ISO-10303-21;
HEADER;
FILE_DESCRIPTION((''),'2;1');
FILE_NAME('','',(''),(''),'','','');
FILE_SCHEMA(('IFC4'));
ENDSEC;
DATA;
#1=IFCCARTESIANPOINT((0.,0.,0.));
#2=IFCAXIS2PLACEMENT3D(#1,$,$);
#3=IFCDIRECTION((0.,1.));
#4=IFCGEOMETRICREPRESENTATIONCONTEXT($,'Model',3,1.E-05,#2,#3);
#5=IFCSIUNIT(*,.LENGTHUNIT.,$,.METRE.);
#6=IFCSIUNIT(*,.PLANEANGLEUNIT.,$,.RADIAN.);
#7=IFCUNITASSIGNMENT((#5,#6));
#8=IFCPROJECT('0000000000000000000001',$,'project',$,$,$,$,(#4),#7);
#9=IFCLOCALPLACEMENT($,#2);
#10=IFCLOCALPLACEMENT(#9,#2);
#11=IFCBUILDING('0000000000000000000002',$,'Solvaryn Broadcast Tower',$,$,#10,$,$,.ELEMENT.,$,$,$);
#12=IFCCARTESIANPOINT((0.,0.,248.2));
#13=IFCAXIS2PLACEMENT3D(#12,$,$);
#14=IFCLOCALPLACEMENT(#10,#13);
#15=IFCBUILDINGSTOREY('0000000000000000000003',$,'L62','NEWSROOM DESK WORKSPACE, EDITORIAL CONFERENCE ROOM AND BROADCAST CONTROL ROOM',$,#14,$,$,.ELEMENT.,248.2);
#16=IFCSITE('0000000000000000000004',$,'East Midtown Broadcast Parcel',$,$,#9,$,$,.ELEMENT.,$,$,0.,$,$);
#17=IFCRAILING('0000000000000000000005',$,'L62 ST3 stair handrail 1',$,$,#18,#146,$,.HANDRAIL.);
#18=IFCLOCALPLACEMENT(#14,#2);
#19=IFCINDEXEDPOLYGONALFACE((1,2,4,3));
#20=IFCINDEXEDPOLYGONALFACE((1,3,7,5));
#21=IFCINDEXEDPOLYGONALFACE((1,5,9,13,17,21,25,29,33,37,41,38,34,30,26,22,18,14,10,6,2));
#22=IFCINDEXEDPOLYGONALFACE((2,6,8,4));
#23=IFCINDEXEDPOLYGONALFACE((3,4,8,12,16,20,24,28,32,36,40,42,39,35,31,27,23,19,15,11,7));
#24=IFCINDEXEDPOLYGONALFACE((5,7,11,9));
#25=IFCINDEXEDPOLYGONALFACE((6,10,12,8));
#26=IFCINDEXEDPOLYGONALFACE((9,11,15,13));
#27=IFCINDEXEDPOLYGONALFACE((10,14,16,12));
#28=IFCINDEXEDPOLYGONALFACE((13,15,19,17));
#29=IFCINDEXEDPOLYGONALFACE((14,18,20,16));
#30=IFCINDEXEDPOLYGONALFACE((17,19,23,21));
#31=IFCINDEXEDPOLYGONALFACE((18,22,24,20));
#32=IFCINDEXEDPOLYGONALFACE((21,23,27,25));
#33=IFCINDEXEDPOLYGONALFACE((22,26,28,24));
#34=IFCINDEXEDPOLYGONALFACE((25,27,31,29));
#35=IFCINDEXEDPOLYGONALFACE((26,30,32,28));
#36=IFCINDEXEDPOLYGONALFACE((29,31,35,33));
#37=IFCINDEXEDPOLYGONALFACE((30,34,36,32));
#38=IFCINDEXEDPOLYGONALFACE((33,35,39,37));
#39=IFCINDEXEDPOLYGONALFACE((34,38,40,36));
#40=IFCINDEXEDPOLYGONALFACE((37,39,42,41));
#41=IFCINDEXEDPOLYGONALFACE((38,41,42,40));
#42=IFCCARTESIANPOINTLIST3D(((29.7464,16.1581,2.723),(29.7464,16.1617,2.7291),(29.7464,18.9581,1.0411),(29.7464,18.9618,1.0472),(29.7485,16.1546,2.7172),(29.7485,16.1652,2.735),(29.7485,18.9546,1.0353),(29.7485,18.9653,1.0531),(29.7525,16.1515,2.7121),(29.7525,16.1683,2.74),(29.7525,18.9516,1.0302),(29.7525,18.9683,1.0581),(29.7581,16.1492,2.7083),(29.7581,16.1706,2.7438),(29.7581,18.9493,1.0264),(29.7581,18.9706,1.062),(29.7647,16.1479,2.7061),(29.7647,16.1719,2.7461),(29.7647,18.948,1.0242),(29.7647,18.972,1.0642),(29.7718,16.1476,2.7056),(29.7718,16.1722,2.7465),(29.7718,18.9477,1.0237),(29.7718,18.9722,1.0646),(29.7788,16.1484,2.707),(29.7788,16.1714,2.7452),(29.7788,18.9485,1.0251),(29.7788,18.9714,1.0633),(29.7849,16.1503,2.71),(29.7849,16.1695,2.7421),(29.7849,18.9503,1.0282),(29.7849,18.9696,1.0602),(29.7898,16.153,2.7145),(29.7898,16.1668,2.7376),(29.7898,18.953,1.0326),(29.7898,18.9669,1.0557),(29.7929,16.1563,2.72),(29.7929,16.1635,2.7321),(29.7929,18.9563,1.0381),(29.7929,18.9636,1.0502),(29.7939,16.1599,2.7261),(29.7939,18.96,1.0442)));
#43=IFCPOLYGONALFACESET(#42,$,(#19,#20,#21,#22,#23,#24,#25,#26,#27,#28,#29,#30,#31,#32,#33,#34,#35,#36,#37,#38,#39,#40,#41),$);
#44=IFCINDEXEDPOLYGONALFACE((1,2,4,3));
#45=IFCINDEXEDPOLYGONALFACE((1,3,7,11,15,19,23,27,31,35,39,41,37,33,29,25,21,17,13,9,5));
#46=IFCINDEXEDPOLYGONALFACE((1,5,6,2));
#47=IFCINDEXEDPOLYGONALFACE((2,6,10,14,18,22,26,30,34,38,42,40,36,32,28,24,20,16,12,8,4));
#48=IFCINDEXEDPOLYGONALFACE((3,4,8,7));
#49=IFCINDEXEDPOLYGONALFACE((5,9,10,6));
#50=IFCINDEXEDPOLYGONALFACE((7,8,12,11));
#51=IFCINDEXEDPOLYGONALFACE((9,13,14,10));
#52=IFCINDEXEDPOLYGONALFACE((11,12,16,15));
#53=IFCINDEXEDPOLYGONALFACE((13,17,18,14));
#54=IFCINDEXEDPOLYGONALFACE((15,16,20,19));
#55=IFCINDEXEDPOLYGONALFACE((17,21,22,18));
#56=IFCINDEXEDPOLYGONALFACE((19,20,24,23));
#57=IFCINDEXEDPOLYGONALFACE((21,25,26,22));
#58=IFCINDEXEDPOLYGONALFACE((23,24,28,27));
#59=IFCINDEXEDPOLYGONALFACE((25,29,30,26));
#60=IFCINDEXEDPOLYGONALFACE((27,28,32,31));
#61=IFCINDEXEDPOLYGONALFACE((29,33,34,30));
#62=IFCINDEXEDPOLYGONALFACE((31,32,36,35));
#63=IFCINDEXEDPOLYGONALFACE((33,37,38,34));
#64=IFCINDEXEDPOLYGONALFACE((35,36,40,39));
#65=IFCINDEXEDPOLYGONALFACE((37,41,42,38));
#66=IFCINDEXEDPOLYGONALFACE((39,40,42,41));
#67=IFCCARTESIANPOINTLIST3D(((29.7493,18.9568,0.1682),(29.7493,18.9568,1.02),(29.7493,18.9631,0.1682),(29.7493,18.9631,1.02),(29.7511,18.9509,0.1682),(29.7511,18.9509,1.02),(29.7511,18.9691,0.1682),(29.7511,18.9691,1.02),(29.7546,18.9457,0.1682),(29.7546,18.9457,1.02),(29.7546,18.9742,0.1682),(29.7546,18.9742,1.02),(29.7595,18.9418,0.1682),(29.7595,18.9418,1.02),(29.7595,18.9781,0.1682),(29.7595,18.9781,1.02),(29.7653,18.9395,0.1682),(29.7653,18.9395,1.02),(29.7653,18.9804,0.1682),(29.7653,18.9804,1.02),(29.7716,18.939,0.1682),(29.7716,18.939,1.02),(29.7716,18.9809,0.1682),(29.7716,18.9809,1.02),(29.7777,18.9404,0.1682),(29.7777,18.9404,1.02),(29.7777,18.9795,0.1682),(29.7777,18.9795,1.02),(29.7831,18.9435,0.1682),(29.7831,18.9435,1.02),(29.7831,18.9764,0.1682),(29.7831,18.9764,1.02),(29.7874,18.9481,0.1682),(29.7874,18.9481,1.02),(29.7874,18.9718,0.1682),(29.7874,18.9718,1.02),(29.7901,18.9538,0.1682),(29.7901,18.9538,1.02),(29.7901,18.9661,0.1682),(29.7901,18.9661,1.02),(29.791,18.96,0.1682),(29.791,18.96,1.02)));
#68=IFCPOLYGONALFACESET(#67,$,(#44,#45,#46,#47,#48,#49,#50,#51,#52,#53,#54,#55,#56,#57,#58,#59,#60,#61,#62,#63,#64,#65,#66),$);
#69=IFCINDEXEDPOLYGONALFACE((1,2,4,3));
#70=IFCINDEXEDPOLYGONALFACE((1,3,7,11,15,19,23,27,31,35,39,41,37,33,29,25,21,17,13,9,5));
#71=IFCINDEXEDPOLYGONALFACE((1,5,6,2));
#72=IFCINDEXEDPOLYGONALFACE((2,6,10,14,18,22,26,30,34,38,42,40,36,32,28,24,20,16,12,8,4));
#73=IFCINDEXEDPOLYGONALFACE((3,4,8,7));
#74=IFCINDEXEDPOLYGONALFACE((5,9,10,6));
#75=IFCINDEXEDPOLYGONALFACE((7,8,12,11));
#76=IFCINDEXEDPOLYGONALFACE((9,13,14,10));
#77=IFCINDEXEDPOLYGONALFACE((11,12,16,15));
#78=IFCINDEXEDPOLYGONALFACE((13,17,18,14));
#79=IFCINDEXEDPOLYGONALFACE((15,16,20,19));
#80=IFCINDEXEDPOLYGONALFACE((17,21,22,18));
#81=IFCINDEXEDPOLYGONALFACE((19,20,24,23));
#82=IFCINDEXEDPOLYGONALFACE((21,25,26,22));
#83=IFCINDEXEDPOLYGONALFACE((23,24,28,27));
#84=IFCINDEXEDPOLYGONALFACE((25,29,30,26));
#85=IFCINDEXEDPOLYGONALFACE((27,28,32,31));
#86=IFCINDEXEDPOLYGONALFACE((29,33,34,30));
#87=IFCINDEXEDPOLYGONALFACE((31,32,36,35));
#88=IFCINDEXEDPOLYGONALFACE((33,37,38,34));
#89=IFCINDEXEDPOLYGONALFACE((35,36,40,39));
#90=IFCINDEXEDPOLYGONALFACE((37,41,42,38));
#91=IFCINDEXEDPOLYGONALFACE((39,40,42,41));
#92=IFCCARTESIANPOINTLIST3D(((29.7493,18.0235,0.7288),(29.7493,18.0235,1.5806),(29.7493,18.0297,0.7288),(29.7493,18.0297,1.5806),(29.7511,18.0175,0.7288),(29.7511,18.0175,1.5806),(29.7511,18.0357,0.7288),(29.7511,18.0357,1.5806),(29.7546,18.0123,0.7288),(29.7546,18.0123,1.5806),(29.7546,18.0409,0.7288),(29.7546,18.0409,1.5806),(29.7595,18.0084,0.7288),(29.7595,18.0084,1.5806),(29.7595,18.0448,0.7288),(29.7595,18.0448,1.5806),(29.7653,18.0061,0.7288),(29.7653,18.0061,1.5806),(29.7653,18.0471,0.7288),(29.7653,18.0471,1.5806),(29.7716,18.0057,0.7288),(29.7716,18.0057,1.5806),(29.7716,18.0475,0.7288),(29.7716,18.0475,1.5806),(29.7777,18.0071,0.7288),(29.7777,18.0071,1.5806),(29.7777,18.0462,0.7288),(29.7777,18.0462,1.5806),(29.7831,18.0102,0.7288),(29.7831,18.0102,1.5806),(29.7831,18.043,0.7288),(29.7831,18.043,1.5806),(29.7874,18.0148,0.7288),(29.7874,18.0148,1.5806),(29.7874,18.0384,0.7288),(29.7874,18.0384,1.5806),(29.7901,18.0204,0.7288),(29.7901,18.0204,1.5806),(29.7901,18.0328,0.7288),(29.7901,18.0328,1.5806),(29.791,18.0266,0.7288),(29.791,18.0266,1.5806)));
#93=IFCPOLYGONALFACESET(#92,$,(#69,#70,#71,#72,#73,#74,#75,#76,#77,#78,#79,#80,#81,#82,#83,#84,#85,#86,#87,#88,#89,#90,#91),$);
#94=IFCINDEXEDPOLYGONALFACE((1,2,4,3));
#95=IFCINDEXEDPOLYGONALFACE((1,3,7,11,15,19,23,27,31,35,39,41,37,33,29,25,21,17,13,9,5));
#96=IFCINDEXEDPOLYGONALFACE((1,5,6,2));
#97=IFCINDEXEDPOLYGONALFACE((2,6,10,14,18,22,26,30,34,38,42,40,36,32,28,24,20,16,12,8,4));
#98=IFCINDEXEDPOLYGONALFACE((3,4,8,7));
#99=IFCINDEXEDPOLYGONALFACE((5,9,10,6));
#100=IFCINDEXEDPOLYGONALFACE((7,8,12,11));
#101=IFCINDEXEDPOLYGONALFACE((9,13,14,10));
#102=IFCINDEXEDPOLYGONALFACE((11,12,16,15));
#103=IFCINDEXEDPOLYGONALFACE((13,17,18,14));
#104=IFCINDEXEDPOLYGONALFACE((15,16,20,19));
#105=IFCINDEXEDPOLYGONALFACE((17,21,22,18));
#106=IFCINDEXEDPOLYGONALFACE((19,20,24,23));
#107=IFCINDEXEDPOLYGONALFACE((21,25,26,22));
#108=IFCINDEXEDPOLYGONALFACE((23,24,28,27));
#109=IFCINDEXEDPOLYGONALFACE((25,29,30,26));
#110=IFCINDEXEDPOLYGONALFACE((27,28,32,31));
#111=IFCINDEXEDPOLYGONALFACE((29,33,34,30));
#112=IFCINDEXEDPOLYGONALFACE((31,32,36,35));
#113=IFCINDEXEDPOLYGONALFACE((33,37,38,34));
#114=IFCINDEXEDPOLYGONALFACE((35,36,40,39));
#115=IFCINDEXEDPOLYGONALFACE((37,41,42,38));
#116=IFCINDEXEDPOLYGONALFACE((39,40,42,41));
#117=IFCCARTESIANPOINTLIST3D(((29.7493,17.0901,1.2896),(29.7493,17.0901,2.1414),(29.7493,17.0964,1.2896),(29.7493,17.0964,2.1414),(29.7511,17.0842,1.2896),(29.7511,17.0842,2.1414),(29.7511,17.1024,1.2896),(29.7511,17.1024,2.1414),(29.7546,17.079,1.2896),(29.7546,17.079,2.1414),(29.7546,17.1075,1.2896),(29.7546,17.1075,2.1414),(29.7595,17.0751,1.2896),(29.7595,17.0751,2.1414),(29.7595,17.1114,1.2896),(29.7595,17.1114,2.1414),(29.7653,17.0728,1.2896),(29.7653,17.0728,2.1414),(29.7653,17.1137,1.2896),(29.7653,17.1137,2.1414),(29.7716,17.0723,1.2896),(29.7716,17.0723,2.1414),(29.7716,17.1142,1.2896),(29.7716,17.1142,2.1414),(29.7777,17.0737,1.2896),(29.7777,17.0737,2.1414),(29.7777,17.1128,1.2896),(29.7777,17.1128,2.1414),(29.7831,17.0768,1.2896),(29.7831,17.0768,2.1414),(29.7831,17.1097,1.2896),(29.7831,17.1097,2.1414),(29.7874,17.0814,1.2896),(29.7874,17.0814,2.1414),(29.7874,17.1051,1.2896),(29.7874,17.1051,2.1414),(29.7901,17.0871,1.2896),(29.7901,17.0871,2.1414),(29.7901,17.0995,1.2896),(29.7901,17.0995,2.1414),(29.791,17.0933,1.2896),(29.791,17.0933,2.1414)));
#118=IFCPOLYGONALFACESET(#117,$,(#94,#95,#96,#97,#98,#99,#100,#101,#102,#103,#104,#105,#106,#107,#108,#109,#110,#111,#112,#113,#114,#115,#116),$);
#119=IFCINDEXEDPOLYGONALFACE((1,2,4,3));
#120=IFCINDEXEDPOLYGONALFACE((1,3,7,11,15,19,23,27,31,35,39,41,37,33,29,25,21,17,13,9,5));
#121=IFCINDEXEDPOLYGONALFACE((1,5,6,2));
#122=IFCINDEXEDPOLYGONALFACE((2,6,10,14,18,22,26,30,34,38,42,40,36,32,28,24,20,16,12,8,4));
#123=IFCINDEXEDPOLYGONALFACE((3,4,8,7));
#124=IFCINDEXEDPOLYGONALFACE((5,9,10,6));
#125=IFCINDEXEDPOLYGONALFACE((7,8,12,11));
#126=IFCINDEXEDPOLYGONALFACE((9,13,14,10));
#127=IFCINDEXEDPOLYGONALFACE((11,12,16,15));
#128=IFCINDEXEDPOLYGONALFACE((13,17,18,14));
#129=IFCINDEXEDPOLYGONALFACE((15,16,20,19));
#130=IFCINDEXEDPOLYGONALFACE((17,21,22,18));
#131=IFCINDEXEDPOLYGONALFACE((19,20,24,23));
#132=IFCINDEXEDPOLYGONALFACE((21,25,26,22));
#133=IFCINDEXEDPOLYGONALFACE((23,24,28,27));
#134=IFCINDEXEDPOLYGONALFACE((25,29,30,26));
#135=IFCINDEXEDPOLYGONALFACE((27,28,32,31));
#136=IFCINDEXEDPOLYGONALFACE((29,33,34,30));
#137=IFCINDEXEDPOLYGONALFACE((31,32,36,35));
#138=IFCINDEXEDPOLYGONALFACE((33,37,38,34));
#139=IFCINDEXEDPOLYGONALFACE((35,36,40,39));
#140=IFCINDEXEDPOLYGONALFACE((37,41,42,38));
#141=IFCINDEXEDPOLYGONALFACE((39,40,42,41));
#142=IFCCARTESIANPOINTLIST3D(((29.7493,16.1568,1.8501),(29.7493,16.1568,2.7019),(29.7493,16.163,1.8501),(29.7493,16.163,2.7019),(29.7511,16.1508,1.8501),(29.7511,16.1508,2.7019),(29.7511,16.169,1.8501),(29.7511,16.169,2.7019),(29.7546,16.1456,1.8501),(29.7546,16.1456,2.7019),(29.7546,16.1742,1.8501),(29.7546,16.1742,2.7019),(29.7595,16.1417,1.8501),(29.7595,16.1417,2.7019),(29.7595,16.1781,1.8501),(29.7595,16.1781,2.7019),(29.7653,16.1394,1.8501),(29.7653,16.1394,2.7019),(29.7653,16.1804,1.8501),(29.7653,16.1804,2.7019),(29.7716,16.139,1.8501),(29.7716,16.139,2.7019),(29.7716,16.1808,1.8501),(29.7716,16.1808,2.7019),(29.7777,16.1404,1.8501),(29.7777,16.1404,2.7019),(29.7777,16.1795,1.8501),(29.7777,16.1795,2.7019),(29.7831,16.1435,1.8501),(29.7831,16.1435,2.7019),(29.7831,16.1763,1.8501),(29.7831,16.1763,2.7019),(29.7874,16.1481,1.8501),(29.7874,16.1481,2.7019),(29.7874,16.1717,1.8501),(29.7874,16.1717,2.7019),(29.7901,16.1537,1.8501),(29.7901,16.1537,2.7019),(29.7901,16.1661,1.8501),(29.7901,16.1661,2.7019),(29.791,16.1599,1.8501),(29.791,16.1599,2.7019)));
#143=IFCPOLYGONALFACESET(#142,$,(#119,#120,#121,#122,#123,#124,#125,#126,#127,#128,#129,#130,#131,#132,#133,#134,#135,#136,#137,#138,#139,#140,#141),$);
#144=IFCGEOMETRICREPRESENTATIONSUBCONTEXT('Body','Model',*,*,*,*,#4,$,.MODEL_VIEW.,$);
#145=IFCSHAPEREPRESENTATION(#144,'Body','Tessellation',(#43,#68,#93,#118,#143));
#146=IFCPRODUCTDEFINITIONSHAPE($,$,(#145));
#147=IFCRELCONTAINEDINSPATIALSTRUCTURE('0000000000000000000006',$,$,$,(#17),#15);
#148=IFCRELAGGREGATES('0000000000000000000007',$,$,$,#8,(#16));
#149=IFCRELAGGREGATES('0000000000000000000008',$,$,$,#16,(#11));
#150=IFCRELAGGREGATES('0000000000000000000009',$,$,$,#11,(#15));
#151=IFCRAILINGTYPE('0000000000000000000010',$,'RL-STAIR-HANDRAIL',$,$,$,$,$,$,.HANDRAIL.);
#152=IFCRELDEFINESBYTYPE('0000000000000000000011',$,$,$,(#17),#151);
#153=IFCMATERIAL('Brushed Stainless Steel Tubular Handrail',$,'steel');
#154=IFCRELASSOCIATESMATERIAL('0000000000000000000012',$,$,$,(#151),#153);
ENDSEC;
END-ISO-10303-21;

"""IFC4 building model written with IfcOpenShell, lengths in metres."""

from ifc_helpers import new_model, si_unit, direction, frame, origin, origin_2d, place, context, subcontext, project, spatial, circle, extrude, material, type_object, element, save


model = new_model("IFC4")

# Units and contexts
model_context = context("Model", 3, precision=1e-05, world=origin(), true_north=direction((0.0, 1.0)))
body_context = subcontext(model_context, "Body", "Model", "MODEL_VIEW")
ifc_project = project(units=[si_unit("LENGTHUNIT", "METRE"), si_unit("PLANEANGLEUNIT", "RADIAN")], contexts=[model_context])

# Site, building, storey
site_placement = place(None, origin())
site = spatial("IfcSite", under=ifc_project, at=site_placement, Name="East Midtown Broadcast Parcel", CompositionType="ELEMENT", RefElevation=0.0)
building_placement = place(site_placement, origin())
building = spatial("IfcBuilding", under=site, at=building_placement, Name="Solvaryn Broadcast Tower", CompositionType="ELEMENT")
storey_placement = place(building_placement, frame((0.0, 0.0, 248.2)))
storey = spatial("IfcBuildingStorey", under=building, at=storey_placement, Name="L62", Description="NEWSROOM DESK WORKSPACE, EDITORIAL CONFERENCE ROOM AND BROADCAST CONTROL ROOM", CompositionType="ELEMENT", Elevation=248.2)

# Railing
ifc_material_1 = material(Name="Brushed Stainless Steel Tubular Handrail", Category="steel")
railing_type_1 = type_object("IfcRailingType", Name="RL-STAIR-HANDRAIL", PredefinedType="HANDRAIL", material=ifc_material_1)
railing_1_placement = place(storey_placement, frame((29.77, 18.96, 0.1682)))
element("IfcRailing", 1, at=railing_1_placement, inside=storey, type_object=railing_type_1, Name="L62 ST3 stair handrail 1", PredefinedType="HANDRAIL", context=body_context, shape_type="SweptSolid", body=[
    extrude(circle(Radius=0.0239, at=origin_2d()), frame((0.0, 0.0, 0.876), z_axis=(0.0, -0.857242, 0.514913), x_axis=(1.0, 0.0, 0.0)), (0.0, 0.0, 1.0), 3.2664),
    extrude(circle(Radius=0.021, at=origin_2d()), origin(), (0.0, 0.0, 1.0), 0.8518),
    extrude(circle(Radius=0.021, at=origin_2d()), frame((0.0, -0.9333, 0.5605)), (0.0, 0.0, 1.0), 0.8518),
    extrude(circle(Radius=0.021, at=origin_2d()), frame((0.0, -1.8667, 1.1213)), (0.0, 0.0, 1.0), 0.8518),
    extrude(circle(Radius=0.021, at=origin_2d()), frame((0.0, -2.8, 1.6819)), (0.0, 0.0, 1.0), 0.8518),
])

save(model, "model.ifc")
